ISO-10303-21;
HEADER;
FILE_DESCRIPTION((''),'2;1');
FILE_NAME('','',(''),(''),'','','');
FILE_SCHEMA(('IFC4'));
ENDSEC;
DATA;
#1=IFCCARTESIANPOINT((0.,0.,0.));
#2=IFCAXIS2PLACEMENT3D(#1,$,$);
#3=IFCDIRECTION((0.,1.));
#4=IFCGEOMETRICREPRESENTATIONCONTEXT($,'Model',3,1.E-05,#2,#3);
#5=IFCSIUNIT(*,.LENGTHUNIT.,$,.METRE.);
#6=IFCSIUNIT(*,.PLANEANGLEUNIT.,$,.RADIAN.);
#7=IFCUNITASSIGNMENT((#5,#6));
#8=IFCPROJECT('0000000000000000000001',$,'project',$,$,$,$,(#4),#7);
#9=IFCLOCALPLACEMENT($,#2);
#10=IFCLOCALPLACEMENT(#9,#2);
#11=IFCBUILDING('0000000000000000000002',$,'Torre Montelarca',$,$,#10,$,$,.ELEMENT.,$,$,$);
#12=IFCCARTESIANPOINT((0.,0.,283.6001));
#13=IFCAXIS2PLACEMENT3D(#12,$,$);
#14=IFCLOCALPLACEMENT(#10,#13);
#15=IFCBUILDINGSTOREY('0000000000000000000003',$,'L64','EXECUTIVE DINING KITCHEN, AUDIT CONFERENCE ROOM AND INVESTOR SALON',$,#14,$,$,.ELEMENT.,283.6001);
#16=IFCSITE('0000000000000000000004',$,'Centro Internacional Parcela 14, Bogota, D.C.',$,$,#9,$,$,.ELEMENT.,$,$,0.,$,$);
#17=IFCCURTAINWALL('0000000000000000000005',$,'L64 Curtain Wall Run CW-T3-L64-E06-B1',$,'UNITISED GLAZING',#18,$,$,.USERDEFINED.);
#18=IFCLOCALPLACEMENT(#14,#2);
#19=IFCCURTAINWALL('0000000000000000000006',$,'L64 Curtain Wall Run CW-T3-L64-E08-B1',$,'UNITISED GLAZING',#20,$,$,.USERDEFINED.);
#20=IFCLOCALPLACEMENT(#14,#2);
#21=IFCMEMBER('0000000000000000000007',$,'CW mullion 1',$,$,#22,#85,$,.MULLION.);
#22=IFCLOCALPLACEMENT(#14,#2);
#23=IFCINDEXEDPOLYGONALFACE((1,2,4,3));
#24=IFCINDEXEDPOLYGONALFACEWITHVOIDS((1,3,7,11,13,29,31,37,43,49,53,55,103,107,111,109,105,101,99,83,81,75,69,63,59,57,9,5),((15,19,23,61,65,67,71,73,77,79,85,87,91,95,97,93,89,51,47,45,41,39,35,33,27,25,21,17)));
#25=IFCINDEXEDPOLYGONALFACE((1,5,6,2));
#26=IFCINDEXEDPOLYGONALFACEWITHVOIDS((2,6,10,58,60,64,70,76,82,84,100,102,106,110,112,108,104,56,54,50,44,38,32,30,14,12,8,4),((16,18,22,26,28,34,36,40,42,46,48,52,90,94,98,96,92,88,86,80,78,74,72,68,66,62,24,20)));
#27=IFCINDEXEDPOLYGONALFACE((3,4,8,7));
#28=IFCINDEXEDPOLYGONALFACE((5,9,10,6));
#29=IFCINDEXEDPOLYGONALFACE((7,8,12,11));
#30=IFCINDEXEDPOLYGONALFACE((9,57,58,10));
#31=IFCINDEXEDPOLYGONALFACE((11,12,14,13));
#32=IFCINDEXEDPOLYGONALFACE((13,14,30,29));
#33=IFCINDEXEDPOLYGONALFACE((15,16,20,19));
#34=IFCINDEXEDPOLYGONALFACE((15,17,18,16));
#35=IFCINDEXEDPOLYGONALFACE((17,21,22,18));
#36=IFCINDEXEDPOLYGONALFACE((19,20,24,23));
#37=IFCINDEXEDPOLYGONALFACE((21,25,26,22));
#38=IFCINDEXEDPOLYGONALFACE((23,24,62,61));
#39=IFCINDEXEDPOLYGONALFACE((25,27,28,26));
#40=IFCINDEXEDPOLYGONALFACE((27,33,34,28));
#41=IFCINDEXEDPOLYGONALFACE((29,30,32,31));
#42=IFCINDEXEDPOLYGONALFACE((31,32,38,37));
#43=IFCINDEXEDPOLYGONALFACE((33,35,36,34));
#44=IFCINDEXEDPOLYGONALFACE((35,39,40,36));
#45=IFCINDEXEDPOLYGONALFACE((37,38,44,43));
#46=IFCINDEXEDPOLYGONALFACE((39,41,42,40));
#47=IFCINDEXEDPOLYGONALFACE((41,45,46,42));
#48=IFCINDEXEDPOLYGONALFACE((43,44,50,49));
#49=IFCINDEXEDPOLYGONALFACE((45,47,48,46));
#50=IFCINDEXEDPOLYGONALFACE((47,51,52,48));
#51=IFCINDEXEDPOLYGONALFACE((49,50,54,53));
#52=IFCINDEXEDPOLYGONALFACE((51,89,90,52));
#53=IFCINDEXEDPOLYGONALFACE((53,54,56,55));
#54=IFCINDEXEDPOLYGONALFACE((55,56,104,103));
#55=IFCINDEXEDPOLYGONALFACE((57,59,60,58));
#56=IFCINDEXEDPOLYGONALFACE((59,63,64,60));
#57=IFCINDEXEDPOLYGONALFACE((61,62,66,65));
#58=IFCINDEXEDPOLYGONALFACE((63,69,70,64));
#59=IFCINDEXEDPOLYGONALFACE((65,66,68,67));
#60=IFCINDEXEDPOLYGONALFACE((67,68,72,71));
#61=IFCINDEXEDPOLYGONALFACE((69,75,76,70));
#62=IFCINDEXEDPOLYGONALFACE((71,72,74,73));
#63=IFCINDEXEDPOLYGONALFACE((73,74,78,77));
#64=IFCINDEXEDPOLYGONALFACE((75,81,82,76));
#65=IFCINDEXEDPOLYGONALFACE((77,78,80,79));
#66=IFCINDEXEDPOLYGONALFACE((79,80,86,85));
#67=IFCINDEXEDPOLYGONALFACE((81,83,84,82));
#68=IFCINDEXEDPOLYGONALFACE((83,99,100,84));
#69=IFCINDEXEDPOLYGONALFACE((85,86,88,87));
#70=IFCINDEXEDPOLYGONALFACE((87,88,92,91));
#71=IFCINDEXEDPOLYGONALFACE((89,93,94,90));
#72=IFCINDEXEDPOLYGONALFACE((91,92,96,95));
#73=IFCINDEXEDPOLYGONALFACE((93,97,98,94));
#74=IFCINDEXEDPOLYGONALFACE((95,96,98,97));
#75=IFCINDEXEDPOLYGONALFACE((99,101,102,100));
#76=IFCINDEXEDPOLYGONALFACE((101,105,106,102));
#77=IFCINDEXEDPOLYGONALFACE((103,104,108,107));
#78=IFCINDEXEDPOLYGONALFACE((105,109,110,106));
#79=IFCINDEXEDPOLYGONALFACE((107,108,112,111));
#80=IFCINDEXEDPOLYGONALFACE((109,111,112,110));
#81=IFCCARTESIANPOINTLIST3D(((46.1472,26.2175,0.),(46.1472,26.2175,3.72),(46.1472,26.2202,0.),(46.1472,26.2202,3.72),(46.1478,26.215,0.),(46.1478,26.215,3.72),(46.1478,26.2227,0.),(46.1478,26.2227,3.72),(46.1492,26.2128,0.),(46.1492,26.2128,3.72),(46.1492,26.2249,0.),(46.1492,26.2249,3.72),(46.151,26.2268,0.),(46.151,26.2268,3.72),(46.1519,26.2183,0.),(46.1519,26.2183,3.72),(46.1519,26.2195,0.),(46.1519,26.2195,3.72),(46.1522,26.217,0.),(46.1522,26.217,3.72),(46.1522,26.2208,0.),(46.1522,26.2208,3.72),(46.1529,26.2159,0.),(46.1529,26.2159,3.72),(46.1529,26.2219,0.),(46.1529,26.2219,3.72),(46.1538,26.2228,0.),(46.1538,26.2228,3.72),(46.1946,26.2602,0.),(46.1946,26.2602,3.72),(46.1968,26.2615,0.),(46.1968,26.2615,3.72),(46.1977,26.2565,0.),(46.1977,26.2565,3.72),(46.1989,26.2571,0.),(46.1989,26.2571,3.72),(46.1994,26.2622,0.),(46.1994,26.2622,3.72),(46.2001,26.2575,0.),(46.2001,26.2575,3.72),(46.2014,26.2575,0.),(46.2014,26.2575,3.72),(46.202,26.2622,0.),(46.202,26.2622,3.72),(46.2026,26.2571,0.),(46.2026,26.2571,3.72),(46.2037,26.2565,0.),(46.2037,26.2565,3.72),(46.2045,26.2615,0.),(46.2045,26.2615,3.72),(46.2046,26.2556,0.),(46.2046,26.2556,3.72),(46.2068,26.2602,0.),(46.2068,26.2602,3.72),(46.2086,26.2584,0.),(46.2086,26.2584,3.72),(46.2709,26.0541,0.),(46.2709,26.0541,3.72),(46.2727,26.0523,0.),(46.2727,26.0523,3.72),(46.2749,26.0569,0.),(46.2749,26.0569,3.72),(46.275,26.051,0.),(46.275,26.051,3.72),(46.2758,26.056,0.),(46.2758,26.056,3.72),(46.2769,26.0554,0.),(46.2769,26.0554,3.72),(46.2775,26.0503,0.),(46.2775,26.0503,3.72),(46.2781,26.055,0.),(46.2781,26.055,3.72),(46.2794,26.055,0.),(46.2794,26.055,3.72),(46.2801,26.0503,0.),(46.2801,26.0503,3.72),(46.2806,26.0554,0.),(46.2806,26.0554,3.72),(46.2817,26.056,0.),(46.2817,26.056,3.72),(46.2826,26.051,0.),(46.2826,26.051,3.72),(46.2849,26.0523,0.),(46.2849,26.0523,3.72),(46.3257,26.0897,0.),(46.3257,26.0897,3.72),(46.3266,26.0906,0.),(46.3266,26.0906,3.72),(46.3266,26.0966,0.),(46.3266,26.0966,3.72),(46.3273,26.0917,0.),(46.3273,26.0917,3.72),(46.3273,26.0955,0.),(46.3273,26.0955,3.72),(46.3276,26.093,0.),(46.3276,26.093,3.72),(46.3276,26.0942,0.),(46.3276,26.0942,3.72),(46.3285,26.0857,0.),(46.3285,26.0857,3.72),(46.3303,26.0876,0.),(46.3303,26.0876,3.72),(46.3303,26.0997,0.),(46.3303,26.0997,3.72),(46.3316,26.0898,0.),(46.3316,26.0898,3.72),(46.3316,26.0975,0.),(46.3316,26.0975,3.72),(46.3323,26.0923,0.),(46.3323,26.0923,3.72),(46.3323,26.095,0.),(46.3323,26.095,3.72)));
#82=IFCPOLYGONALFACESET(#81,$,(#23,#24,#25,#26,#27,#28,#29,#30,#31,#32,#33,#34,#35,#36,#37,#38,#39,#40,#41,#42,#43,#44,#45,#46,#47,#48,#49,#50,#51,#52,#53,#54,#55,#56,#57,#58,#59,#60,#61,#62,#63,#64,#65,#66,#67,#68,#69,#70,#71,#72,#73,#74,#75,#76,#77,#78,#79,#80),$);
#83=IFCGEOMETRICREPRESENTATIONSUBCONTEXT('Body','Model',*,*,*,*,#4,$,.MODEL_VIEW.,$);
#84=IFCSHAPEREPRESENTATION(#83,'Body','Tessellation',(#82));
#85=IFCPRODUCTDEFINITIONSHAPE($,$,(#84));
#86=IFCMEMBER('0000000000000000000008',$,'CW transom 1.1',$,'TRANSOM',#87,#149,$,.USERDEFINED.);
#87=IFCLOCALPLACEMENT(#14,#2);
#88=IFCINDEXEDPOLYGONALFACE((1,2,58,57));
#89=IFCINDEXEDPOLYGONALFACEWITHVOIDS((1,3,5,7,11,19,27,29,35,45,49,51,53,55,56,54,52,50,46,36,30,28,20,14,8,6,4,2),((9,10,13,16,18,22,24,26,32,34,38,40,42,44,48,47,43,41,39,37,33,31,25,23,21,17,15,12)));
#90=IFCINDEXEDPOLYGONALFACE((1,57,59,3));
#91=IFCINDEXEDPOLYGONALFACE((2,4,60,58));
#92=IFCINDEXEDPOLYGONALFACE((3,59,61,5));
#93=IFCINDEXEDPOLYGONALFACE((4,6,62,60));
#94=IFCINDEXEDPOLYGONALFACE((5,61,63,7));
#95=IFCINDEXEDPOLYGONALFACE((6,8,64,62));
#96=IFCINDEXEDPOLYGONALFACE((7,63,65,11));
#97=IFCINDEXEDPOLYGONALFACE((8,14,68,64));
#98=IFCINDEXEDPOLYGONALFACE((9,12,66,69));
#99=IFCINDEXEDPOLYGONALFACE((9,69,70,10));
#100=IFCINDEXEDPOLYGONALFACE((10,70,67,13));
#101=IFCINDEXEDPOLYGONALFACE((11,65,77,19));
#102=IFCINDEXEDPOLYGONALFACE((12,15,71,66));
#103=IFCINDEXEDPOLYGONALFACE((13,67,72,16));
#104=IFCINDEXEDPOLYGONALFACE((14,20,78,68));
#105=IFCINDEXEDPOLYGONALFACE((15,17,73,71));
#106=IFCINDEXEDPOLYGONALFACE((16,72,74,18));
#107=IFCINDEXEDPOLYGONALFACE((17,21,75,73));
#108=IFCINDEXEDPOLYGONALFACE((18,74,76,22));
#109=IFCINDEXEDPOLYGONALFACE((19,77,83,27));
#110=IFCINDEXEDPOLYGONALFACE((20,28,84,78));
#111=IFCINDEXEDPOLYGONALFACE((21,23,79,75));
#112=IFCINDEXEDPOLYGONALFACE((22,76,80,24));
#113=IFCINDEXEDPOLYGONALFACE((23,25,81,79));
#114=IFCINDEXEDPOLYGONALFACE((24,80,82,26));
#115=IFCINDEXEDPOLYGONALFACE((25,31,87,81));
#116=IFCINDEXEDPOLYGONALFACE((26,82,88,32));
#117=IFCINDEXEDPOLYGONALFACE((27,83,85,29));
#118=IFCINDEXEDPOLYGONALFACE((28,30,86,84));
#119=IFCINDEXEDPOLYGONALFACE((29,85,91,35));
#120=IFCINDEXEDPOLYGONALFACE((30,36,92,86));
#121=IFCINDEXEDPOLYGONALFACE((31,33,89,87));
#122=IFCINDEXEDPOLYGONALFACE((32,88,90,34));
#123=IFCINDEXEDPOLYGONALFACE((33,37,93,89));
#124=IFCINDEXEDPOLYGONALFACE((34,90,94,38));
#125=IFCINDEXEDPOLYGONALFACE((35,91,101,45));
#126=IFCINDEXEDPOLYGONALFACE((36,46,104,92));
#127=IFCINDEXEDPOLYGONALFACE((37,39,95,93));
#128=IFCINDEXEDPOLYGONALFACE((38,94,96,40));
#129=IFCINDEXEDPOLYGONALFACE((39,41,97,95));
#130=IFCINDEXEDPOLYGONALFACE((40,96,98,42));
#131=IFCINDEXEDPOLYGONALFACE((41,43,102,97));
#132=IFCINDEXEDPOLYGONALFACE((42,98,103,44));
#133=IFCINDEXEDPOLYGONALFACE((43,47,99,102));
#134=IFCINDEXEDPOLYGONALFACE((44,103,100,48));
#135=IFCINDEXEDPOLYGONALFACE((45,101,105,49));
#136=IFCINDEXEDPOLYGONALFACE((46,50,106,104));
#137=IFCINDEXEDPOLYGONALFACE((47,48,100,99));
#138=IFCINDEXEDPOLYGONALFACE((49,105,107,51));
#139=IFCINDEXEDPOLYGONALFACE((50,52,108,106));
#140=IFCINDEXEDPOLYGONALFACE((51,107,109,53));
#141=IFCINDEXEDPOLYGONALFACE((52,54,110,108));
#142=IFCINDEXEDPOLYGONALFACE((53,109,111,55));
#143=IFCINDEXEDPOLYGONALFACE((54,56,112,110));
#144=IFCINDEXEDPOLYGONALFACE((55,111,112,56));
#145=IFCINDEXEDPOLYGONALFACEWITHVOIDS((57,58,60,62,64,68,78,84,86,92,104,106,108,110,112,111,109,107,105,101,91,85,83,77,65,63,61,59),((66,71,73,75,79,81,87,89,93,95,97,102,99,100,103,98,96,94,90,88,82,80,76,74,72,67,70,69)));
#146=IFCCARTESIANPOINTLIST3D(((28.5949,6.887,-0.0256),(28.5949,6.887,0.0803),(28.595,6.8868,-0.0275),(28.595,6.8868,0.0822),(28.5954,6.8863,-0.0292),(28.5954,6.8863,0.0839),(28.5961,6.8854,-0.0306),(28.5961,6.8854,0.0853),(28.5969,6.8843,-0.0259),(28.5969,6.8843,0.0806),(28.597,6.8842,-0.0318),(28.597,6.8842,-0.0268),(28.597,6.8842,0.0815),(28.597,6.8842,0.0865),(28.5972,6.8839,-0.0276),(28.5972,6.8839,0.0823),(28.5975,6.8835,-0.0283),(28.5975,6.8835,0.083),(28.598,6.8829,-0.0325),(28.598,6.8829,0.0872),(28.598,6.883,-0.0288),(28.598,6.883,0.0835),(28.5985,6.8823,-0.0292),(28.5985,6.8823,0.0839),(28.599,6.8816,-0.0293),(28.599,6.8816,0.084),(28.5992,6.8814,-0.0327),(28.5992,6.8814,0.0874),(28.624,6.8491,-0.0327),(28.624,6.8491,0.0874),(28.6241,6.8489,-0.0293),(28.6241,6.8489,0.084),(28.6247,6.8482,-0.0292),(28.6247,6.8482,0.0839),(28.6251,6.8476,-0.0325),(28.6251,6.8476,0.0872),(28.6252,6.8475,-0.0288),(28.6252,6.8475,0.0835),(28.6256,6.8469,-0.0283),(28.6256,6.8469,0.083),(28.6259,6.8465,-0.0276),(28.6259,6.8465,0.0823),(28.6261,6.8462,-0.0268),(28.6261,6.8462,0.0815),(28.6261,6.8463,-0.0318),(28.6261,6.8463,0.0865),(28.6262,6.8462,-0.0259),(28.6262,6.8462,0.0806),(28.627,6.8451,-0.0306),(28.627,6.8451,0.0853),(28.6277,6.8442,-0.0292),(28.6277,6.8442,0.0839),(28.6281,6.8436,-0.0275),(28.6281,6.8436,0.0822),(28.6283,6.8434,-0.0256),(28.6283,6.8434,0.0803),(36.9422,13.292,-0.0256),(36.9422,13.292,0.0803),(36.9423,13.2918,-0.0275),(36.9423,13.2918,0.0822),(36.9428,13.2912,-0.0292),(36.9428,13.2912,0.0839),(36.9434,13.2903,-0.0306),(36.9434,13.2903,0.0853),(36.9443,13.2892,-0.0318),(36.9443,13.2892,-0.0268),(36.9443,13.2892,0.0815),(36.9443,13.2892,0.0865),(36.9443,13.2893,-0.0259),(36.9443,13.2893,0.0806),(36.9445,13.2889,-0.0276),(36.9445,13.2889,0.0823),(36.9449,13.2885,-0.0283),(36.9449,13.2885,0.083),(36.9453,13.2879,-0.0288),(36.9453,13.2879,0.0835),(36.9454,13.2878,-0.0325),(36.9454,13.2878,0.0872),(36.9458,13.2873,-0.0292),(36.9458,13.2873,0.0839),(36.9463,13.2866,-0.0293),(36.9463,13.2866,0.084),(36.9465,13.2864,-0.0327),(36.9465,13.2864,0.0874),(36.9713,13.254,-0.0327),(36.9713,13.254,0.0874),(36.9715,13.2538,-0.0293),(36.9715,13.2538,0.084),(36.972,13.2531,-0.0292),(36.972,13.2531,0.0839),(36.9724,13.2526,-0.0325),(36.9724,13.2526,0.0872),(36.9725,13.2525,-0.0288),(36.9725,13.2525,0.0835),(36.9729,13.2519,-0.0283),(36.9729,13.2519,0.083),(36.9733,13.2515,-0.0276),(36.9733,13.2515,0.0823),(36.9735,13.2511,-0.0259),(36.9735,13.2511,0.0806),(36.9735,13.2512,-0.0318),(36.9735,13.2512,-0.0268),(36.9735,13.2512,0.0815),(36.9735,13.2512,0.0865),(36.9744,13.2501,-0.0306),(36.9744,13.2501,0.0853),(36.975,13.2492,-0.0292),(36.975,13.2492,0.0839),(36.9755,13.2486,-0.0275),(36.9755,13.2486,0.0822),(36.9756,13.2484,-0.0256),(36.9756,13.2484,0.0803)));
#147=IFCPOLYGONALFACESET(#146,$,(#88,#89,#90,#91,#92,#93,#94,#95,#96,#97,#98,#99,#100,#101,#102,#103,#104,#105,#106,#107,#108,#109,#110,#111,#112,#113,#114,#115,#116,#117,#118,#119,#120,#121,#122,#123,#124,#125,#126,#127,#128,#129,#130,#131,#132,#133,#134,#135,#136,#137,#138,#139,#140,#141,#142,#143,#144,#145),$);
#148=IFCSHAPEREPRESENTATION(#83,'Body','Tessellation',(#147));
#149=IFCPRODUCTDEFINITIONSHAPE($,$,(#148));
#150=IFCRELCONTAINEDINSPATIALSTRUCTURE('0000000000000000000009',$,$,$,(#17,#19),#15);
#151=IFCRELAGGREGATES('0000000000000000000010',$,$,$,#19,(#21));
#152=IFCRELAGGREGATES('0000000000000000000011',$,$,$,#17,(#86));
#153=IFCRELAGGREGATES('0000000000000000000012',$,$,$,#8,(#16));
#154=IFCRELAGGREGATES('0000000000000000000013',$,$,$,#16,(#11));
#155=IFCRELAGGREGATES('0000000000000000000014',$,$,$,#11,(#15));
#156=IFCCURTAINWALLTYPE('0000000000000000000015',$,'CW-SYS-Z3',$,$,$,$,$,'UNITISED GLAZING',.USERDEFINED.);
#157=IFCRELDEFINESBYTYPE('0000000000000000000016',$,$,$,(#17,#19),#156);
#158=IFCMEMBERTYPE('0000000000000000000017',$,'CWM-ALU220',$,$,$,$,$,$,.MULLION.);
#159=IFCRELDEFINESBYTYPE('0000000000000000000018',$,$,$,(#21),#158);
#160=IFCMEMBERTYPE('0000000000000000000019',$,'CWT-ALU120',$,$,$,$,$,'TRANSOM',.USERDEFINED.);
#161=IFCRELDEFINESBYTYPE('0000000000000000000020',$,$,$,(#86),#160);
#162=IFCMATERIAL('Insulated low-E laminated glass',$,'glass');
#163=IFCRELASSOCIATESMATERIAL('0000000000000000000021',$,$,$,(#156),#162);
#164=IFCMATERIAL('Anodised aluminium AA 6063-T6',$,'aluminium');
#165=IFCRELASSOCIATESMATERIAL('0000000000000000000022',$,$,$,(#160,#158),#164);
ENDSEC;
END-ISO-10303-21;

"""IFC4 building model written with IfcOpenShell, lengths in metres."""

from ifc_helpers import new_model, si_unit, direction, frame, origin, origin_2d, place, context, subcontext, project, spatial, hollow_rectangle, extrude, source, transform, mapped, material, material_profile, profile_set, type_object, element, aggregate, save


model = new_model("IFC4")

# Units and contexts
model_context = context("Model", 3, precision=1e-05, world=origin(), true_north=direction((0.0, 1.0)))
body_context = subcontext(model_context, "Body", "Model", "MODEL_VIEW")
ifc_project = project(units=[si_unit("LENGTHUNIT", "METRE"), si_unit("PLANEANGLEUNIT", "RADIAN")], contexts=[model_context])

# Site, building, storey
site_placement = place(None, origin())
site = spatial("IfcSite", under=ifc_project, at=site_placement, Name="Centro Internacional Parcela 14, Bogota, D.C.", CompositionType="ELEMENT", RefElevation=0.0)
building_placement = place(site_placement, origin())
building = spatial("IfcBuilding", under=site, at=building_placement, Name="Torre Montelarca", CompositionType="ELEMENT")
storey_placement = place(building_placement, frame((0.0, 0.0, 283.6001)))
storey = spatial("IfcBuildingStorey", under=building, at=storey_placement, Name="L64", Description="EXECUTIVE DINING KITCHEN, AUDIT CONFERENCE ROOM AND INVESTOR SALON", CompositionType="ELEMENT", Elevation=283.6001)

# Curtain wall
ifc_material_1 = material(Name="Insulated low-E laminated glass", Category="glass")
curtain_wall_type = type_object("IfcCurtainWallType", Name="CW-SYS-Z3", ElementType="UNITISED GLAZING", PredefinedType="USERDEFINED", material=ifc_material_1)
ifc_material_2 = material(Name="Anodised aluminium AA 6063-T6", Category="aluminium")
ifc_material_profile_1 = material_profile(ifc_material_2, hollow_rectangle(XDim=0.0549, YDim=0.1201, WallThickness=0.0034, InnerFilletRadius=0.0034, OuterFilletRadius=0.0071, at=origin_2d()), Name="ALU55X120X3.5", Category="aluminium")
ifc_profile_set_1 = profile_set([ifc_material_profile_1], Name="Anodised aluminium AA 6063-T6")
member_type_1 = type_object("IfcMemberType", Name="CWT-ALU120", ElementType="TRANSOM", PredefinedType="USERDEFINED", material=ifc_profile_set_1)
curtain_wall_1_placement = place(storey_placement, origin())
curtain_wall_1 = element("IfcCurtainWall", 1, at=curtain_wall_1_placement, inside=storey, type_object=curtain_wall_type, Name="L64 Curtain Wall Run CW-T3-L64-E06-B1", ObjectType="UNITISED GLAZING", PredefinedType="USERDEFINED")
ifc_material_profile_2 = material_profile(ifc_material_2, hollow_rectangle(XDim=0.075, YDim=0.22, WallThickness=0.0049, InnerFilletRadius=0.0049, OuterFilletRadius=0.01, at=origin_2d()), Name="ALU75X220X5", Category="aluminium")
ifc_profile_set_2 = profile_set([ifc_material_profile_2], Name="Anodised aluminium AA 6063-T6")
member_type_2 = type_object("IfcMemberType", Name="CWM-ALU220", PredefinedType="MULLION", material=ifc_profile_set_2)
shared_shape_1 = source(origin(), body_context, "Body", "SweptSolid", [
    extrude(hollow_rectangle(XDim=0.075, YDim=0.22, WallThickness=0.0049, InnerFilletRadius=0.0049, OuterFilletRadius=0.01, at=origin_2d()), origin(), (0.0, 0.0, 1.0), 3.72),
])

# Curtain wall, member
curtain_wall_2_placement = place(storey_placement, origin())
curtain_wall_2 = element("IfcCurtainWall", 2, at=curtain_wall_2_placement, inside=storey, type_object=curtain_wall_type, Name="L64 Curtain Wall Run CW-T3-L64-E08-B1", ObjectType="UNITISED GLAZING", PredefinedType="USERDEFINED")
member_1_placement = place(storey_placement, frame((46.2397, 26.1562, 0.0), z_axis=(0.0, 0.0, 1.0), x_axis=(-0.793354, -0.608761, 0.0)))
member_1 = element("IfcMember", 3, at=member_1_placement, type_object=member_type_2, Name="CW mullion 1", PredefinedType="MULLION", context=body_context, shape_type="MappedRepresentation", body=[
    mapped(shared_shape_1, transform((0.0, 0.0, 0.0), scale=1.0)),
])

# Member
shared_shape_2 = source(origin(), body_context, "Body", "SweptSolid", [
    extrude(hollow_rectangle(XDim=0.0549, YDim=0.1201, WallThickness=0.0034, InnerFilletRadius=0.0034, OuterFilletRadius=0.0071, at=origin_2d()), origin(), (0.0, 0.0, 1.0), 10.5215),
])
member_2_placement = place(storey_placement, frame((28.6116, 6.8652, 0.0273), z_axis=(0.793361, 0.608752, 0.0), x_axis=(-0.608752, 0.793361, 0.0)))
member_2 = element("IfcMember", 4, at=member_2_placement, type_object=member_type_1, Name="CW transom 1.1", ObjectType="TRANSOM", PredefinedType="USERDEFINED", context=body_context, shape_type="MappedRepresentation", body=[
    mapped(shared_shape_2, transform((0.0, 0.0, 0.0), scale=1.0)),
])
aggregate(curtain_wall_2, [member_1])

aggregate(curtain_wall_1, [member_2])

save(model, "model.ifc")
